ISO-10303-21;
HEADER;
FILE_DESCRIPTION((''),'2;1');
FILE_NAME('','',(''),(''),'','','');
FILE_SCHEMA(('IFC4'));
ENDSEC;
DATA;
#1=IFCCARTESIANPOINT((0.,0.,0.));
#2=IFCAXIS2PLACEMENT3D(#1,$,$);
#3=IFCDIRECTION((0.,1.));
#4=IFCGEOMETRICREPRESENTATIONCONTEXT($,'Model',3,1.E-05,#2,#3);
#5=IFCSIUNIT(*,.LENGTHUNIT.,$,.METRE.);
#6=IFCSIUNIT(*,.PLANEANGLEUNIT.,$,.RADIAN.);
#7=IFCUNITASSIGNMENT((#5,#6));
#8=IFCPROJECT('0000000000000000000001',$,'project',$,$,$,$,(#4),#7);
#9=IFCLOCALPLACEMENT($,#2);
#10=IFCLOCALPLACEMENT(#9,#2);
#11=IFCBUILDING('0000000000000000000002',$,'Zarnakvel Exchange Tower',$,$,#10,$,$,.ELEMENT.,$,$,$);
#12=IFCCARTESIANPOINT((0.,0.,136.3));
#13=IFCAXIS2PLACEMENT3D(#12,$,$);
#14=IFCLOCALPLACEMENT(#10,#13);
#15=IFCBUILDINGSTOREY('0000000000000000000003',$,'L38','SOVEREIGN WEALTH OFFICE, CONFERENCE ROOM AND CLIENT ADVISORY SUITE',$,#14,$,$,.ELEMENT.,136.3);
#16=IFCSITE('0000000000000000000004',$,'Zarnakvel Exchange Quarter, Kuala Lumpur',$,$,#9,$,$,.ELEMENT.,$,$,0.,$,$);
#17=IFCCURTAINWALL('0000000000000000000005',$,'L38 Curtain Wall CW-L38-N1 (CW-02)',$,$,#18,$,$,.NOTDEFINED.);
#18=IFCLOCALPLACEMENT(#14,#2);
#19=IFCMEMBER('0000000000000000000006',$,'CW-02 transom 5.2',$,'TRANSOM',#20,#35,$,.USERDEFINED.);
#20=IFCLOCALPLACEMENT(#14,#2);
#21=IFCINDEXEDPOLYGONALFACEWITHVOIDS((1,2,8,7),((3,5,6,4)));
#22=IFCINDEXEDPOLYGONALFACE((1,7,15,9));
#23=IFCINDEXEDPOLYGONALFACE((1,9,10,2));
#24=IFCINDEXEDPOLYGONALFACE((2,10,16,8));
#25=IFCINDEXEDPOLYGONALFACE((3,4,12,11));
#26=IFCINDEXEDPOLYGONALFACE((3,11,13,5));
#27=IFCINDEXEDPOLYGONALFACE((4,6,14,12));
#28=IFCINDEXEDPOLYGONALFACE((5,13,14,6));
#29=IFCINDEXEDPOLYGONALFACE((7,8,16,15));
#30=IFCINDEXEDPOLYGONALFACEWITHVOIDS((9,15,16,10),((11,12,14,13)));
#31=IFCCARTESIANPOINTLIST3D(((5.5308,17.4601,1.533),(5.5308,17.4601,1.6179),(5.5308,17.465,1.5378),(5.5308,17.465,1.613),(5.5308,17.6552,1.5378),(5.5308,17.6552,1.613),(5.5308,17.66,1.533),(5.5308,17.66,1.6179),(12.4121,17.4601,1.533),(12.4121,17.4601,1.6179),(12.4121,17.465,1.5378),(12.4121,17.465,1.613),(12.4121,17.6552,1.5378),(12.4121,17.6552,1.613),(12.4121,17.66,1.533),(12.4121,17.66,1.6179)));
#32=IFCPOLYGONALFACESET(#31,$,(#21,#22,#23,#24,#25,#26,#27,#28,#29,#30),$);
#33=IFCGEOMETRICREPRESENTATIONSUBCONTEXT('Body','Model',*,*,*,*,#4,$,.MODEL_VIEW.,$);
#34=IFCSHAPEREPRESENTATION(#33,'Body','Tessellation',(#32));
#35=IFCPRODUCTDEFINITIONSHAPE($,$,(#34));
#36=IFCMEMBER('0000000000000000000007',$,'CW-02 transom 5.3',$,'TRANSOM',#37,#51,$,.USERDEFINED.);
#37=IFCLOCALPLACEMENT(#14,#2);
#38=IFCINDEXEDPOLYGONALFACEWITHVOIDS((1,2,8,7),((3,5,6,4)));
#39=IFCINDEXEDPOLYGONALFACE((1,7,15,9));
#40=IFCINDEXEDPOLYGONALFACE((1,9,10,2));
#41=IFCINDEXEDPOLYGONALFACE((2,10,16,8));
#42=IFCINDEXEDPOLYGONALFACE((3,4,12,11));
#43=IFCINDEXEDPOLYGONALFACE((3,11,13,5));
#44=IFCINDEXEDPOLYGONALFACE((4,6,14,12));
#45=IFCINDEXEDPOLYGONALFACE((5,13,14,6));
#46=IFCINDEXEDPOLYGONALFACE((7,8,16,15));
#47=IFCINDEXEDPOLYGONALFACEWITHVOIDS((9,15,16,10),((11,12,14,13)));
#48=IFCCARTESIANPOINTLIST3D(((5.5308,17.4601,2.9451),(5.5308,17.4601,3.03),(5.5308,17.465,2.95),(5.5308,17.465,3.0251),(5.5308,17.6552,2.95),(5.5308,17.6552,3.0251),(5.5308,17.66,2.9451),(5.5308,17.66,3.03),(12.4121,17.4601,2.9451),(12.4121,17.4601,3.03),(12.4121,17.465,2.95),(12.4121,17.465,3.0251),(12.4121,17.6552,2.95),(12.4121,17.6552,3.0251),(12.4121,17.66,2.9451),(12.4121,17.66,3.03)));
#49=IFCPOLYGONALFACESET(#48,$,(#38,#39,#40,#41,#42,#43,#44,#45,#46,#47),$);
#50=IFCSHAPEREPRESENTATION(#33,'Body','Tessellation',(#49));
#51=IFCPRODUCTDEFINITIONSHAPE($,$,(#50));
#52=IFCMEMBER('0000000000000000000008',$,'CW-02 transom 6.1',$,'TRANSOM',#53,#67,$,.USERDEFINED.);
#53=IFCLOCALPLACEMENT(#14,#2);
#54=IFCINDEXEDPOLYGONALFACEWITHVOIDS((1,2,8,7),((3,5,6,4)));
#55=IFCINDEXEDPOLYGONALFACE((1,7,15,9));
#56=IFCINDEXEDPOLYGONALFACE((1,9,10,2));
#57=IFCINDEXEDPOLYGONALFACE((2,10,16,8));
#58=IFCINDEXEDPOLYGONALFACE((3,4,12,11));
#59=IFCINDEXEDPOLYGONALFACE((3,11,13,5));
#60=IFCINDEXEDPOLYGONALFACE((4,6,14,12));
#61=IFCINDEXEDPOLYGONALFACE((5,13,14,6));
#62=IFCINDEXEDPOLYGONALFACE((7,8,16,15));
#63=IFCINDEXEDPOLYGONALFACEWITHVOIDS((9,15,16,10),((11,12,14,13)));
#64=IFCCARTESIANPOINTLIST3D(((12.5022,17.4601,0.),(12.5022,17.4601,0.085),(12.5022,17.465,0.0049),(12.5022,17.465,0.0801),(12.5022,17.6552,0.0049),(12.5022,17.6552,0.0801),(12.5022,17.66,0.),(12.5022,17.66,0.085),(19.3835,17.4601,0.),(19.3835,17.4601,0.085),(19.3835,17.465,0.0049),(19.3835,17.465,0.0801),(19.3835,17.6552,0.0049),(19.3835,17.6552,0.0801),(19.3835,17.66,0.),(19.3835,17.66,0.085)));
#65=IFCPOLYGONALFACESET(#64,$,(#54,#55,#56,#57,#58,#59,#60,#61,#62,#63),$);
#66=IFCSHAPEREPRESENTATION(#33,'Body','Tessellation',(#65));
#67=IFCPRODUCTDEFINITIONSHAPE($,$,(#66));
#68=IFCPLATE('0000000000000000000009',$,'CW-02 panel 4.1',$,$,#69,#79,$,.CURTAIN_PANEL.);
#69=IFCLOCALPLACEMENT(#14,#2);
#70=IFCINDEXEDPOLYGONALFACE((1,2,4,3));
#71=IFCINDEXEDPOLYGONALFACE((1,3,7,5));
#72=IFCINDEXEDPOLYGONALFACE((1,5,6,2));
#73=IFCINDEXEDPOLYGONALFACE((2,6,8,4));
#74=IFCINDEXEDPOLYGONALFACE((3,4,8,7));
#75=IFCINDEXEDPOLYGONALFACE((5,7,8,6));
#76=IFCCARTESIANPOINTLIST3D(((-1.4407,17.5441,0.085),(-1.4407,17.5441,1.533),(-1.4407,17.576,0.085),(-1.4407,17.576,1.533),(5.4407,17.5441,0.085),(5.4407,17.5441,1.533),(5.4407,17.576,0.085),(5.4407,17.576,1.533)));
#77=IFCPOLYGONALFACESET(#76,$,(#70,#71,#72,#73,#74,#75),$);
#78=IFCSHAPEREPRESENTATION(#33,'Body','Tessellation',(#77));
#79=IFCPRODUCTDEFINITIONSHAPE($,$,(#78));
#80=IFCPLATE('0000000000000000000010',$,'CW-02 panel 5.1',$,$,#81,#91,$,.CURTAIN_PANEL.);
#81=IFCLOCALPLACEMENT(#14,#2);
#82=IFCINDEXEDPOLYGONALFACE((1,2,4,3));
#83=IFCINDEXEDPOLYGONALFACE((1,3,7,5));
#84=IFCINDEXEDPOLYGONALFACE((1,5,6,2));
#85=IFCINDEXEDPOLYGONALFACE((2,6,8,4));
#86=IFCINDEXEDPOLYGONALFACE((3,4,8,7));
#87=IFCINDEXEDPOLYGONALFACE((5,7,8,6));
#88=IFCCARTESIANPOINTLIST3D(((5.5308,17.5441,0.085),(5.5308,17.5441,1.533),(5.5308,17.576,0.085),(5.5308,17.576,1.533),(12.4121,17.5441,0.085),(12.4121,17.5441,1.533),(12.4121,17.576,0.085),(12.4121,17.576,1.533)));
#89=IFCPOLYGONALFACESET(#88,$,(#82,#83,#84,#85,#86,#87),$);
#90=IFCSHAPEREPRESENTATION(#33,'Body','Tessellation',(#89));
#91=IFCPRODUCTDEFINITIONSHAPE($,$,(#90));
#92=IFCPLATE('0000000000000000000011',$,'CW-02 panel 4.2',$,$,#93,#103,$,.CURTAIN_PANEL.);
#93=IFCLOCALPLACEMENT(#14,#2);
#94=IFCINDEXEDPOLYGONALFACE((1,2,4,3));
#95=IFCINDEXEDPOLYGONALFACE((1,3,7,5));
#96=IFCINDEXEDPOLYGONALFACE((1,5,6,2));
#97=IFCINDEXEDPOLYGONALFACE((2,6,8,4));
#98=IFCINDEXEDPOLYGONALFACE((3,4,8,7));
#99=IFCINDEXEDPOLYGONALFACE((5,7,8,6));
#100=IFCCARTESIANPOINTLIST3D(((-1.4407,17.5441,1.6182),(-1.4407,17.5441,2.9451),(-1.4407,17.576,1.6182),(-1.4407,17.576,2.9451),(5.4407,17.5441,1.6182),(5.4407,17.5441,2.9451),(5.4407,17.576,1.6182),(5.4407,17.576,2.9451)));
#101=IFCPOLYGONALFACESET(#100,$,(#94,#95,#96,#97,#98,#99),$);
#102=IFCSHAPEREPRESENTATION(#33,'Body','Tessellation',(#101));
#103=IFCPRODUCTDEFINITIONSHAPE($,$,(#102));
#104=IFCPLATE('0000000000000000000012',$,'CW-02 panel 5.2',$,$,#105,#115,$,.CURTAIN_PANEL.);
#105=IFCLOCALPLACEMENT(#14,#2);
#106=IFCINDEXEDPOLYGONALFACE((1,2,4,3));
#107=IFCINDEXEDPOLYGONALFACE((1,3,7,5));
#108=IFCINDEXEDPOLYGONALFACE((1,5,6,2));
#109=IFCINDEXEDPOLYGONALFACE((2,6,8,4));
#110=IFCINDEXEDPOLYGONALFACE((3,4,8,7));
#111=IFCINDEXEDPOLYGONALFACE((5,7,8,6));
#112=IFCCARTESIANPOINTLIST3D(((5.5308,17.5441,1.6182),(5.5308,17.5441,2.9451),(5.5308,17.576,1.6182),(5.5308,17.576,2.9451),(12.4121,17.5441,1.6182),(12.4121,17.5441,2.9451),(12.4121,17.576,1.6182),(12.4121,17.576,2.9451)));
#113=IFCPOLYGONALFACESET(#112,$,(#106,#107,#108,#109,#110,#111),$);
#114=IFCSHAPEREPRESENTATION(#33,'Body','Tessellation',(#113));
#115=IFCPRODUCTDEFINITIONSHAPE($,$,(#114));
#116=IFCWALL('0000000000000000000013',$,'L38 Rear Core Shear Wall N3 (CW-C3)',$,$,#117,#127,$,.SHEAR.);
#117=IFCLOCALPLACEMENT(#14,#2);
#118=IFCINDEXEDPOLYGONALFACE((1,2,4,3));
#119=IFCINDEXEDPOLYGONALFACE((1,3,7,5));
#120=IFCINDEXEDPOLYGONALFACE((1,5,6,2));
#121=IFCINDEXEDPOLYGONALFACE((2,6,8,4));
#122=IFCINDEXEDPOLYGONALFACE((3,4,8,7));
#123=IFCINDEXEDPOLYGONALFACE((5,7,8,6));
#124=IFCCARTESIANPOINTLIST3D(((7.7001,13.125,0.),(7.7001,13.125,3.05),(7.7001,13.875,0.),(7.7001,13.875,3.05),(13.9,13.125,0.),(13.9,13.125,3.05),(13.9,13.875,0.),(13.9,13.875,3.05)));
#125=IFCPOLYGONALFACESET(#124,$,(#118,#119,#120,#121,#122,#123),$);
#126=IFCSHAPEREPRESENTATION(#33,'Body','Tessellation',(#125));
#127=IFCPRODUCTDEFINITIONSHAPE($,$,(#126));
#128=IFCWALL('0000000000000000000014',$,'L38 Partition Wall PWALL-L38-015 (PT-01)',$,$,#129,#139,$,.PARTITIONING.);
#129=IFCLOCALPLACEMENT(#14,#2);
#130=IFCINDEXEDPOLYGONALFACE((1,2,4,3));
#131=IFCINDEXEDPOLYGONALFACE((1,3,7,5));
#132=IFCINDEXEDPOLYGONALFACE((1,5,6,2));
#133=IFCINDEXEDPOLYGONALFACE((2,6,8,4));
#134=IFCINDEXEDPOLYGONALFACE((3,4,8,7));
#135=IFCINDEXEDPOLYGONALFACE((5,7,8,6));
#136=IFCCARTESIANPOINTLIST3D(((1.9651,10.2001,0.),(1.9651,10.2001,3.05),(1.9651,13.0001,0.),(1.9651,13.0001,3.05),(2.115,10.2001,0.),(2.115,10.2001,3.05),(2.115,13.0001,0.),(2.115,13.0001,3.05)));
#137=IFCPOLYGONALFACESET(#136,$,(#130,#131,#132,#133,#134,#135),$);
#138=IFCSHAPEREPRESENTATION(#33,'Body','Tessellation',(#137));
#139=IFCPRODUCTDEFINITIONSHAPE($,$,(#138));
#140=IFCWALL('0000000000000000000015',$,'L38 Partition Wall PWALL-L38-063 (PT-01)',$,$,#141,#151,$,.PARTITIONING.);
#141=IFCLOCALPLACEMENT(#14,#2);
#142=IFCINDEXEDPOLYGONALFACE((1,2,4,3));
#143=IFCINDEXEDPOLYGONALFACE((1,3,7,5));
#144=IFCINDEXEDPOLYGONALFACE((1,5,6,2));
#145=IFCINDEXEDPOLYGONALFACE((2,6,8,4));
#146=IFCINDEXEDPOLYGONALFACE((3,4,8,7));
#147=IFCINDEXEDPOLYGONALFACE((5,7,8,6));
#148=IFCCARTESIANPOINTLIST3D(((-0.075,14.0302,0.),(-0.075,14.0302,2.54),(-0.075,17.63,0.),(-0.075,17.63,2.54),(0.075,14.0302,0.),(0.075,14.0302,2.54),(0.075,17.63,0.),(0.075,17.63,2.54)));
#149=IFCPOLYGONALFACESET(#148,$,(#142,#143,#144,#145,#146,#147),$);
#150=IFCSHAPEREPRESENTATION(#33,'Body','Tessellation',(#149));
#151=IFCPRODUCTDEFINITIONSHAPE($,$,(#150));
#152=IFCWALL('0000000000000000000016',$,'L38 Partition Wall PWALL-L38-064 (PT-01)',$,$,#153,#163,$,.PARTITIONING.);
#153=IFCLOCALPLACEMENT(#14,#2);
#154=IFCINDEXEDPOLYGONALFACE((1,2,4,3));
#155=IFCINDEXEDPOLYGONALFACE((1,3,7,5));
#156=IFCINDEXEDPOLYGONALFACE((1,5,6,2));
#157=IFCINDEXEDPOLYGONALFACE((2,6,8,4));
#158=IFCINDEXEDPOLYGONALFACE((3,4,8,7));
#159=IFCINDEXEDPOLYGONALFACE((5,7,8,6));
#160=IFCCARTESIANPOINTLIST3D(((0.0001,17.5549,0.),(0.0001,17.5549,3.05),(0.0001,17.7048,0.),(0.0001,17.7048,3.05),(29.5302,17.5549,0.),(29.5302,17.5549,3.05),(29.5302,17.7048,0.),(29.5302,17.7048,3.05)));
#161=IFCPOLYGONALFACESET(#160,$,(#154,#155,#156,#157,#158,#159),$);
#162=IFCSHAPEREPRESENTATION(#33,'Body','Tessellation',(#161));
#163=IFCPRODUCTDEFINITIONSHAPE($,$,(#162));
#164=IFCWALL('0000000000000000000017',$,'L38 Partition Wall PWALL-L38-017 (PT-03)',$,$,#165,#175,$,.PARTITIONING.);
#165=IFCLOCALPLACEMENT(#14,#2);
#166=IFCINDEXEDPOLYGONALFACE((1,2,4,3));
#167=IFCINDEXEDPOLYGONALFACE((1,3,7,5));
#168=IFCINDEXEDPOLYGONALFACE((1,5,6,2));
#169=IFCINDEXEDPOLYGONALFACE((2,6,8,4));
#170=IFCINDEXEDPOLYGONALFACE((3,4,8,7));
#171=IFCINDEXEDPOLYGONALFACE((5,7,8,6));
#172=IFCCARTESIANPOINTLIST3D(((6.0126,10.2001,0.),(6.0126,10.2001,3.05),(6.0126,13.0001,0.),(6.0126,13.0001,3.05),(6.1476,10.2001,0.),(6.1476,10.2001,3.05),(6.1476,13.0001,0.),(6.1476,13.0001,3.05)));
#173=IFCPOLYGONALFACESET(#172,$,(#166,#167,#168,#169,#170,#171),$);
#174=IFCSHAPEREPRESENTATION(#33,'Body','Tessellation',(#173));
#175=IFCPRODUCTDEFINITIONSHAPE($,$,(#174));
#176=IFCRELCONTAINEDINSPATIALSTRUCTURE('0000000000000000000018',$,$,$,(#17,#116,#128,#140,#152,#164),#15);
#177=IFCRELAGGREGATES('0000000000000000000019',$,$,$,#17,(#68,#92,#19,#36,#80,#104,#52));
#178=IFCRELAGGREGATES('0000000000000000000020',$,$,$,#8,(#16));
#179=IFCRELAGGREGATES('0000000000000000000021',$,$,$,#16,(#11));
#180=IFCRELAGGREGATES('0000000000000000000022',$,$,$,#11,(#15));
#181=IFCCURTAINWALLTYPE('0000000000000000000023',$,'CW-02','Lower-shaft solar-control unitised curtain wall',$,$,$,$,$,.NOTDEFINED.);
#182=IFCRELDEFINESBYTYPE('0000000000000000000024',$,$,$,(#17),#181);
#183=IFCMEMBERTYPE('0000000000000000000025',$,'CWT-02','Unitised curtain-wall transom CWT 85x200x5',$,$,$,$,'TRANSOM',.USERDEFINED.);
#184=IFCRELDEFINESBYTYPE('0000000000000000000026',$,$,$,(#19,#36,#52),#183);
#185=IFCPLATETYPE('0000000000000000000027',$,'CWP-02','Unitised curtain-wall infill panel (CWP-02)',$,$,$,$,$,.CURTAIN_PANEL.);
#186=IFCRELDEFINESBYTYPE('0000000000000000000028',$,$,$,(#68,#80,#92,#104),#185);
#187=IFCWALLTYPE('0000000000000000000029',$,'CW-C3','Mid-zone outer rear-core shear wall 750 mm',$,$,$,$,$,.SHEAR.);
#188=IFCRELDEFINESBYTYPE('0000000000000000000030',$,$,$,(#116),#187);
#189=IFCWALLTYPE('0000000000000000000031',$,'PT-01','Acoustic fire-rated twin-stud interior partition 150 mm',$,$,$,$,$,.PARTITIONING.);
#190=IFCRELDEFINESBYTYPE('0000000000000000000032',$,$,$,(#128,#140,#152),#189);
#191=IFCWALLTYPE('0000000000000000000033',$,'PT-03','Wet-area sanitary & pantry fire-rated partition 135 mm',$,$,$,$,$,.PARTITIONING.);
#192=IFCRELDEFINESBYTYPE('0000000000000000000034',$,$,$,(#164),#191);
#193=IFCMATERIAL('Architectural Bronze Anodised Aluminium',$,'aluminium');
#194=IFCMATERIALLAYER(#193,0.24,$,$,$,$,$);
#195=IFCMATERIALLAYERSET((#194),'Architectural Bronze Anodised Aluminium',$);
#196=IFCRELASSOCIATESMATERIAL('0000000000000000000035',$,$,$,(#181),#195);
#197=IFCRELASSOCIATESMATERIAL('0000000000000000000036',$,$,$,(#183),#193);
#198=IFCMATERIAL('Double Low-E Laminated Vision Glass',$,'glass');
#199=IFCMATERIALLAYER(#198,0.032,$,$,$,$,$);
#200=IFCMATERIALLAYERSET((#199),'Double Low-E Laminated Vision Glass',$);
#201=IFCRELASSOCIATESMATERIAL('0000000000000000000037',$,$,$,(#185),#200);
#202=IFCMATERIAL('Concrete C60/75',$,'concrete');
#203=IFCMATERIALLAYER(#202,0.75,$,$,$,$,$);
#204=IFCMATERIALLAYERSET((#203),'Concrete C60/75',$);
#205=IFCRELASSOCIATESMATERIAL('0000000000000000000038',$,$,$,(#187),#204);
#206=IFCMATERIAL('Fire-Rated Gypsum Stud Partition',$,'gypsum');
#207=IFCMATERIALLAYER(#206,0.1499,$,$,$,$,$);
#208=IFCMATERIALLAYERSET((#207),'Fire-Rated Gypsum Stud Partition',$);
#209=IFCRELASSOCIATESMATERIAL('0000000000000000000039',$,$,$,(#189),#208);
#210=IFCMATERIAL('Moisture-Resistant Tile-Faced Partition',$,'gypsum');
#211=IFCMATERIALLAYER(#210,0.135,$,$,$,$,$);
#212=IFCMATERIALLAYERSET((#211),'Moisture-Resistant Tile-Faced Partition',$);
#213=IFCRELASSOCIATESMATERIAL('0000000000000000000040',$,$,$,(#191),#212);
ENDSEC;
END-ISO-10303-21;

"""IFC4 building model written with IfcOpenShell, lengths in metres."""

from ifc_helpers import new_model, si_unit, direction, frame, frame_2d, origin, origin_2d, place, context, subcontext, project, spatial, rectangle, hollow_rectangle, extrude, source, transform, mapped, material, layer, layer_set, material_profile, profile_set, type_object, element, aggregate, save


model = new_model("IFC4")

# Units and contexts
model_context = context("Model", 3, precision=1e-05, world=origin(), true_north=direction((0.0, 1.0)))
body_context = subcontext(model_context, "Body", "Model", "MODEL_VIEW")
ifc_project = project(units=[si_unit("LENGTHUNIT", "METRE"), si_unit("PLANEANGLEUNIT", "RADIAN")], contexts=[model_context])

# Site, building, storey
site_placement = place(None, origin())
site = spatial("IfcSite", under=ifc_project, at=site_placement, Name="Zarnakvel Exchange Quarter, Kuala Lumpur", CompositionType="ELEMENT", RefElevation=0.0)
building_placement = place(site_placement, origin())
building = spatial("IfcBuilding", under=site, at=building_placement, Name="Zarnakvel Exchange Tower", CompositionType="ELEMENT")
storey_placement = place(building_placement, frame((0.0, 0.0, 136.3)))
storey = spatial("IfcBuildingStorey", under=building, at=storey_placement, Name="L38", Description="SOVEREIGN WEALTH OFFICE, CONFERENCE ROOM AND CLIENT ADVISORY SUITE", CompositionType="ELEMENT", Elevation=136.3)

# Shared definitions
ifc_material_1 = material(Name="Concrete C60/75", Category="concrete")

# Curtain wall, members, plates
ifc_material_2 = material(Name="Architectural Bronze Anodised Aluminium", Category="aluminium")
ifc_layer_1 = layer(ifc_material_2, 0.24)
ifc_layer_set_1 = layer_set([ifc_layer_1], Name="Architectural Bronze Anodised Aluminium")
curtain_wall_type = type_object("IfcCurtainWallType", Name="CW-02", Description="Lower-shaft solar-control unitised curtain wall", PredefinedType="NOTDEFINED", material=ifc_layer_set_1)
curtain_wall_placement = place(storey_placement, origin())
curtain_wall = element("IfcCurtainWall", 1, at=curtain_wall_placement, inside=storey, type_object=curtain_wall_type, Name="L38 Curtain Wall CW-L38-N1 (CW-02)", PredefinedType="NOTDEFINED")
ifc_material_profile_1 = material_profile(ifc_material_2, hollow_rectangle(XDim=0.2, YDim=0.085, WallThickness=0.0049, at=origin_2d()))
ifc_profile_set_1 = profile_set([ifc_material_profile_1], Name="Architectural Bronze Anodised Aluminium")
member_type_1 = type_object("IfcMemberType", Name="CWT-02", Description="Unitised curtain-wall transom CWT 85x200x5", ElementType="TRANSOM", PredefinedType="USERDEFINED", material=ifc_profile_set_1)
shared_shape_1 = source(origin(), body_context, "Body", "SweptSolid", [
    extrude(hollow_rectangle(XDim=0.2, YDim=0.085, WallThickness=0.0049, at=origin_2d()), origin(), (0.0, 0.0, 1.0), 6.8813),
])
member_1_placement = place(storey_placement, frame((5.5308, 17.5601, 1.5754), z_axis=(1.0, 0.0, 0.0), x_axis=(0.0, 1.0, 0.0)))
member_1 = element("IfcMember", 2, at=member_1_placement, type_object=member_type_1, Name="CW-02 transom 5.2", ObjectType="TRANSOM", PredefinedType="USERDEFINED", context=body_context, shape_type="MappedRepresentation", body=[
    mapped(shared_shape_1, transform((0.0, 0.0, 0.0), x_axis=(1.0, 0.0, 0.0), y_axis=(0.0, 1.0, 0.0), z_axis=(0.0, 0.0, 1.0), scale=1.0)),
])
member_2_placement = place(storey_placement, frame((5.5308, 17.5601, 2.9875), z_axis=(1.0, 0.0, 0.0), x_axis=(0.0, 1.0, 0.0)))
member_2 = element("IfcMember", 3, at=member_2_placement, type_object=member_type_1, Name="CW-02 transom 5.3", ObjectType="TRANSOM", PredefinedType="USERDEFINED", context=body_context, shape_type="MappedRepresentation", body=[
    mapped(shared_shape_1, transform((0.0, 0.0, 0.0), x_axis=(1.0, 0.0, 0.0), y_axis=(0.0, 1.0, 0.0), z_axis=(0.0, 0.0, 1.0), scale=1.0)),
])
member_3_placement = place(storey_placement, frame((12.5022, 17.5601, 0.0425), z_axis=(1.0, 0.0, 0.0), x_axis=(0.0, 1.0, 0.0)))
member_3 = element("IfcMember", 4, at=member_3_placement, type_object=member_type_1, Name="CW-02 transom 6.1", ObjectType="TRANSOM", PredefinedType="USERDEFINED", context=body_context, shape_type="MappedRepresentation", body=[
    mapped(shared_shape_1, transform((0.0, 0.0, 0.0), x_axis=(1.0, 0.0, 0.0), y_axis=(0.0, 1.0, 0.0), z_axis=(0.0, 0.0, 1.0), scale=1.0)),
])
ifc_material_3 = material(Name="Double Low-E Laminated Vision Glass", Category="glass")
ifc_layer_2 = layer(ifc_material_3, 0.032)
ifc_layer_set_2 = layer_set([ifc_layer_2], Name="Double Low-E Laminated Vision Glass")
plate_type = type_object("IfcPlateType", Name="CWP-02", Description="Unitised curtain-wall infill panel (CWP-02)", PredefinedType="CURTAIN_PANEL", material=ifc_layer_set_2)
shared_shape_2 = source(origin(), body_context, "Body", "SweptSolid", [
    extrude(rectangle(XDim=6.8813, YDim=0.032, at=origin_2d()), origin(), (0.0, 0.0, 1.0), 1.448),
])
plate_1_placement = place(storey_placement, frame((2.0, 17.5601, 0.085), z_axis=(0.0, 0.0, 1.0), x_axis=(1.0, 0.0, 0.0)))
plate_1 = element("IfcPlate", 5, at=plate_1_placement, type_object=plate_type, Name="CW-02 panel 4.1", PredefinedType="CURTAIN_PANEL", context=body_context, shape_type="MappedRepresentation", body=[
    mapped(shared_shape_2, transform((0.0, 0.0, 0.0), x_axis=(1.0, 0.0, 0.0), y_axis=(0.0, 1.0, 0.0), z_axis=(0.0, 0.0, 1.0), scale=1.0)),
])
plate_2_placement = place(storey_placement, frame((8.9714, 17.5601, 0.085), z_axis=(0.0, 0.0, 1.0), x_axis=(1.0, 0.0, 0.0)))
plate_2 = element("IfcPlate", 6, at=plate_2_placement, type_object=plate_type, Name="CW-02 panel 5.1", PredefinedType="CURTAIN_PANEL", context=body_context, shape_type="MappedRepresentation", body=[
    mapped(shared_shape_2, transform((0.0, 0.0, 0.0), x_axis=(1.0, 0.0, 0.0), y_axis=(0.0, 1.0, 0.0), z_axis=(0.0, 0.0, 1.0), scale=1.0)),
])
shared_shape_3 = source(origin(), body_context, "Body", "SweptSolid", [
    extrude(rectangle(XDim=6.8813, YDim=0.032, at=origin_2d()), origin(), (0.0, 0.0, 1.0), 1.3269),
])
plate_3_placement = place(storey_placement, frame((2.0, 17.5601, 1.6182), z_axis=(0.0, 0.0, 1.0), x_axis=(1.0, 0.0, 0.0)))
plate_3 = element("IfcPlate", 7, at=plate_3_placement, type_object=plate_type, Name="CW-02 panel 4.2", PredefinedType="CURTAIN_PANEL", context=body_context, shape_type="MappedRepresentation", body=[
    mapped(shared_shape_3, transform((0.0, 0.0, 0.0), x_axis=(1.0, 0.0, 0.0), y_axis=(0.0, 1.0, 0.0), z_axis=(0.0, 0.0, 1.0), scale=1.0)),
])
plate_4_placement = place(storey_placement, frame((8.9714, 17.5601, 1.6182), z_axis=(0.0, 0.0, 1.0), x_axis=(1.0, 0.0, 0.0)))
plate_4 = element("IfcPlate", 8, at=plate_4_placement, type_object=plate_type, Name="CW-02 panel 5.2", PredefinedType="CURTAIN_PANEL", context=body_context, shape_type="MappedRepresentation", body=[
    mapped(shared_shape_3, transform((0.0, 0.0, 0.0), x_axis=(1.0, 0.0, 0.0), y_axis=(0.0, 1.0, 0.0), z_axis=(0.0, 0.0, 1.0), scale=1.0)),
])
aggregate(curtain_wall, [plate_1, plate_3, member_1, member_2, plate_2, plate_4, member_3])

# Wall
ifc_layer_3 = layer(ifc_material_1, 0.75)
ifc_layer_set_3 = layer_set([ifc_layer_3], Name="Concrete C60/75")
wall_type_1 = type_object("IfcWallType", Name="CW-C3", Description="Mid-zone outer rear-core shear wall 750 mm", PredefinedType="SHEAR", material=ifc_layer_set_3)
wall_1_placement = place(storey_placement, frame((7.7, 13.5, 0.0), z_axis=(0.0, 0.0, 1.0), x_axis=(1.0, 0.0, 0.0)))
element("IfcWall", 9, at=wall_1_placement, inside=storey, type_object=wall_type_1, Name="L38 Rear Core Shear Wall N3 (CW-C3)", PredefinedType="SHEAR", context=body_context, shape_type="SweptSolid", body=[
    extrude(rectangle(XDim=6.2, YDim=0.75, at=frame_2d((3.1001, 0.0))), origin(), (0.0, 0.0, 1.0), 3.05),
])

# Shared definitions
ifc_material_4 = material(Name="Fire-Rated Gypsum Stud Partition", Category="gypsum")
ifc_layer_4 = layer(ifc_material_4, 0.1499)
ifc_layer_set_4 = layer_set([ifc_layer_4], Name="Fire-Rated Gypsum Stud Partition")
wall_type_2 = type_object("IfcWallType", Name="PT-01", Description="Acoustic fire-rated twin-stud interior partition 150 mm", PredefinedType="PARTITIONING", material=ifc_layer_set_4)

# Walls
wall_2_placement = place(storey_placement, frame((2.04, 13.0, 0.0), z_axis=(0.0, 0.0, 1.0), x_axis=(0.0, -1.0, 0.0)))
element("IfcWall", 10, at=wall_2_placement, inside=storey, type_object=wall_type_2, Name="L38 Partition Wall PWALL-L38-015 (PT-01)", PredefinedType="PARTITIONING", context=body_context, shape_type="SweptSolid", body=[
    extrude(rectangle(XDim=2.8, YDim=0.1499, at=frame_2d((1.3999, 0.0))), origin(), (0.0, 0.0, 1.0), 3.05),
])
wall_3_placement = place(storey_placement, frame((0.0, 17.6299, 0.0), z_axis=(0.0, 0.0, 1.0), x_axis=(0.0, -1.0, 0.0)))
element("IfcWall", 11, at=wall_3_placement, inside=storey, type_object=wall_type_2, Name="L38 Partition Wall PWALL-L38-063 (PT-01)", PredefinedType="PARTITIONING", context=body_context, shape_type="SweptSolid", body=[
    extrude(rectangle(XDim=3.5999, YDim=0.1499, at=frame_2d((1.7998, 0.0))), origin(), (0.0, 0.0, 1.0), 2.54),
])
wall_4_placement = place(storey_placement, frame((0.0, 17.6299, 0.0), z_axis=(0.0, 0.0, 1.0), x_axis=(1.0, 0.0, 0.0)))
element("IfcWall", 12, at=wall_4_placement, inside=storey, type_object=wall_type_2, Name="L38 Partition Wall PWALL-L38-064 (PT-01)", PredefinedType="PARTITIONING", context=body_context, shape_type="SweptSolid", body=[
    extrude(rectangle(XDim=29.53, YDim=0.1499, at=frame_2d((14.7651, 0.0))), origin(), (0.0, 0.0, 1.0), 3.05),
])

# Shared definitions
ifc_material_5 = material(Name="Moisture-Resistant Tile-Faced Partition", Category="gypsum")
ifc_layer_5 = layer(ifc_material_5, 0.135)
ifc_layer_set_5 = layer_set([ifc_layer_5], Name="Moisture-Resistant Tile-Faced Partition")
wall_type_3 = type_object("IfcWallType", Name="PT-03", Description="Wet-area sanitary & pantry fire-rated partition 135 mm", PredefinedType="PARTITIONING", material=ifc_layer_set_5)

# Wall
wall_5_placement = place(storey_placement, frame((6.0801, 13.0, 0.0), z_axis=(0.0, 0.0, 1.0), x_axis=(0.0, -1.0, 0.0)))
element("IfcWall", 13, at=wall_5_placement, inside=storey, type_object=wall_type_3, Name="L38 Partition Wall PWALL-L38-017 (PT-03)", PredefinedType="PARTITIONING", context=body_context, shape_type="SweptSolid", body=[
    extrude(rectangle(XDim=2.8, YDim=0.135, at=frame_2d((1.3999, 0.0))), origin(), (0.0, 0.0, 1.0), 3.05),
])

save(model, "model.ifc")
